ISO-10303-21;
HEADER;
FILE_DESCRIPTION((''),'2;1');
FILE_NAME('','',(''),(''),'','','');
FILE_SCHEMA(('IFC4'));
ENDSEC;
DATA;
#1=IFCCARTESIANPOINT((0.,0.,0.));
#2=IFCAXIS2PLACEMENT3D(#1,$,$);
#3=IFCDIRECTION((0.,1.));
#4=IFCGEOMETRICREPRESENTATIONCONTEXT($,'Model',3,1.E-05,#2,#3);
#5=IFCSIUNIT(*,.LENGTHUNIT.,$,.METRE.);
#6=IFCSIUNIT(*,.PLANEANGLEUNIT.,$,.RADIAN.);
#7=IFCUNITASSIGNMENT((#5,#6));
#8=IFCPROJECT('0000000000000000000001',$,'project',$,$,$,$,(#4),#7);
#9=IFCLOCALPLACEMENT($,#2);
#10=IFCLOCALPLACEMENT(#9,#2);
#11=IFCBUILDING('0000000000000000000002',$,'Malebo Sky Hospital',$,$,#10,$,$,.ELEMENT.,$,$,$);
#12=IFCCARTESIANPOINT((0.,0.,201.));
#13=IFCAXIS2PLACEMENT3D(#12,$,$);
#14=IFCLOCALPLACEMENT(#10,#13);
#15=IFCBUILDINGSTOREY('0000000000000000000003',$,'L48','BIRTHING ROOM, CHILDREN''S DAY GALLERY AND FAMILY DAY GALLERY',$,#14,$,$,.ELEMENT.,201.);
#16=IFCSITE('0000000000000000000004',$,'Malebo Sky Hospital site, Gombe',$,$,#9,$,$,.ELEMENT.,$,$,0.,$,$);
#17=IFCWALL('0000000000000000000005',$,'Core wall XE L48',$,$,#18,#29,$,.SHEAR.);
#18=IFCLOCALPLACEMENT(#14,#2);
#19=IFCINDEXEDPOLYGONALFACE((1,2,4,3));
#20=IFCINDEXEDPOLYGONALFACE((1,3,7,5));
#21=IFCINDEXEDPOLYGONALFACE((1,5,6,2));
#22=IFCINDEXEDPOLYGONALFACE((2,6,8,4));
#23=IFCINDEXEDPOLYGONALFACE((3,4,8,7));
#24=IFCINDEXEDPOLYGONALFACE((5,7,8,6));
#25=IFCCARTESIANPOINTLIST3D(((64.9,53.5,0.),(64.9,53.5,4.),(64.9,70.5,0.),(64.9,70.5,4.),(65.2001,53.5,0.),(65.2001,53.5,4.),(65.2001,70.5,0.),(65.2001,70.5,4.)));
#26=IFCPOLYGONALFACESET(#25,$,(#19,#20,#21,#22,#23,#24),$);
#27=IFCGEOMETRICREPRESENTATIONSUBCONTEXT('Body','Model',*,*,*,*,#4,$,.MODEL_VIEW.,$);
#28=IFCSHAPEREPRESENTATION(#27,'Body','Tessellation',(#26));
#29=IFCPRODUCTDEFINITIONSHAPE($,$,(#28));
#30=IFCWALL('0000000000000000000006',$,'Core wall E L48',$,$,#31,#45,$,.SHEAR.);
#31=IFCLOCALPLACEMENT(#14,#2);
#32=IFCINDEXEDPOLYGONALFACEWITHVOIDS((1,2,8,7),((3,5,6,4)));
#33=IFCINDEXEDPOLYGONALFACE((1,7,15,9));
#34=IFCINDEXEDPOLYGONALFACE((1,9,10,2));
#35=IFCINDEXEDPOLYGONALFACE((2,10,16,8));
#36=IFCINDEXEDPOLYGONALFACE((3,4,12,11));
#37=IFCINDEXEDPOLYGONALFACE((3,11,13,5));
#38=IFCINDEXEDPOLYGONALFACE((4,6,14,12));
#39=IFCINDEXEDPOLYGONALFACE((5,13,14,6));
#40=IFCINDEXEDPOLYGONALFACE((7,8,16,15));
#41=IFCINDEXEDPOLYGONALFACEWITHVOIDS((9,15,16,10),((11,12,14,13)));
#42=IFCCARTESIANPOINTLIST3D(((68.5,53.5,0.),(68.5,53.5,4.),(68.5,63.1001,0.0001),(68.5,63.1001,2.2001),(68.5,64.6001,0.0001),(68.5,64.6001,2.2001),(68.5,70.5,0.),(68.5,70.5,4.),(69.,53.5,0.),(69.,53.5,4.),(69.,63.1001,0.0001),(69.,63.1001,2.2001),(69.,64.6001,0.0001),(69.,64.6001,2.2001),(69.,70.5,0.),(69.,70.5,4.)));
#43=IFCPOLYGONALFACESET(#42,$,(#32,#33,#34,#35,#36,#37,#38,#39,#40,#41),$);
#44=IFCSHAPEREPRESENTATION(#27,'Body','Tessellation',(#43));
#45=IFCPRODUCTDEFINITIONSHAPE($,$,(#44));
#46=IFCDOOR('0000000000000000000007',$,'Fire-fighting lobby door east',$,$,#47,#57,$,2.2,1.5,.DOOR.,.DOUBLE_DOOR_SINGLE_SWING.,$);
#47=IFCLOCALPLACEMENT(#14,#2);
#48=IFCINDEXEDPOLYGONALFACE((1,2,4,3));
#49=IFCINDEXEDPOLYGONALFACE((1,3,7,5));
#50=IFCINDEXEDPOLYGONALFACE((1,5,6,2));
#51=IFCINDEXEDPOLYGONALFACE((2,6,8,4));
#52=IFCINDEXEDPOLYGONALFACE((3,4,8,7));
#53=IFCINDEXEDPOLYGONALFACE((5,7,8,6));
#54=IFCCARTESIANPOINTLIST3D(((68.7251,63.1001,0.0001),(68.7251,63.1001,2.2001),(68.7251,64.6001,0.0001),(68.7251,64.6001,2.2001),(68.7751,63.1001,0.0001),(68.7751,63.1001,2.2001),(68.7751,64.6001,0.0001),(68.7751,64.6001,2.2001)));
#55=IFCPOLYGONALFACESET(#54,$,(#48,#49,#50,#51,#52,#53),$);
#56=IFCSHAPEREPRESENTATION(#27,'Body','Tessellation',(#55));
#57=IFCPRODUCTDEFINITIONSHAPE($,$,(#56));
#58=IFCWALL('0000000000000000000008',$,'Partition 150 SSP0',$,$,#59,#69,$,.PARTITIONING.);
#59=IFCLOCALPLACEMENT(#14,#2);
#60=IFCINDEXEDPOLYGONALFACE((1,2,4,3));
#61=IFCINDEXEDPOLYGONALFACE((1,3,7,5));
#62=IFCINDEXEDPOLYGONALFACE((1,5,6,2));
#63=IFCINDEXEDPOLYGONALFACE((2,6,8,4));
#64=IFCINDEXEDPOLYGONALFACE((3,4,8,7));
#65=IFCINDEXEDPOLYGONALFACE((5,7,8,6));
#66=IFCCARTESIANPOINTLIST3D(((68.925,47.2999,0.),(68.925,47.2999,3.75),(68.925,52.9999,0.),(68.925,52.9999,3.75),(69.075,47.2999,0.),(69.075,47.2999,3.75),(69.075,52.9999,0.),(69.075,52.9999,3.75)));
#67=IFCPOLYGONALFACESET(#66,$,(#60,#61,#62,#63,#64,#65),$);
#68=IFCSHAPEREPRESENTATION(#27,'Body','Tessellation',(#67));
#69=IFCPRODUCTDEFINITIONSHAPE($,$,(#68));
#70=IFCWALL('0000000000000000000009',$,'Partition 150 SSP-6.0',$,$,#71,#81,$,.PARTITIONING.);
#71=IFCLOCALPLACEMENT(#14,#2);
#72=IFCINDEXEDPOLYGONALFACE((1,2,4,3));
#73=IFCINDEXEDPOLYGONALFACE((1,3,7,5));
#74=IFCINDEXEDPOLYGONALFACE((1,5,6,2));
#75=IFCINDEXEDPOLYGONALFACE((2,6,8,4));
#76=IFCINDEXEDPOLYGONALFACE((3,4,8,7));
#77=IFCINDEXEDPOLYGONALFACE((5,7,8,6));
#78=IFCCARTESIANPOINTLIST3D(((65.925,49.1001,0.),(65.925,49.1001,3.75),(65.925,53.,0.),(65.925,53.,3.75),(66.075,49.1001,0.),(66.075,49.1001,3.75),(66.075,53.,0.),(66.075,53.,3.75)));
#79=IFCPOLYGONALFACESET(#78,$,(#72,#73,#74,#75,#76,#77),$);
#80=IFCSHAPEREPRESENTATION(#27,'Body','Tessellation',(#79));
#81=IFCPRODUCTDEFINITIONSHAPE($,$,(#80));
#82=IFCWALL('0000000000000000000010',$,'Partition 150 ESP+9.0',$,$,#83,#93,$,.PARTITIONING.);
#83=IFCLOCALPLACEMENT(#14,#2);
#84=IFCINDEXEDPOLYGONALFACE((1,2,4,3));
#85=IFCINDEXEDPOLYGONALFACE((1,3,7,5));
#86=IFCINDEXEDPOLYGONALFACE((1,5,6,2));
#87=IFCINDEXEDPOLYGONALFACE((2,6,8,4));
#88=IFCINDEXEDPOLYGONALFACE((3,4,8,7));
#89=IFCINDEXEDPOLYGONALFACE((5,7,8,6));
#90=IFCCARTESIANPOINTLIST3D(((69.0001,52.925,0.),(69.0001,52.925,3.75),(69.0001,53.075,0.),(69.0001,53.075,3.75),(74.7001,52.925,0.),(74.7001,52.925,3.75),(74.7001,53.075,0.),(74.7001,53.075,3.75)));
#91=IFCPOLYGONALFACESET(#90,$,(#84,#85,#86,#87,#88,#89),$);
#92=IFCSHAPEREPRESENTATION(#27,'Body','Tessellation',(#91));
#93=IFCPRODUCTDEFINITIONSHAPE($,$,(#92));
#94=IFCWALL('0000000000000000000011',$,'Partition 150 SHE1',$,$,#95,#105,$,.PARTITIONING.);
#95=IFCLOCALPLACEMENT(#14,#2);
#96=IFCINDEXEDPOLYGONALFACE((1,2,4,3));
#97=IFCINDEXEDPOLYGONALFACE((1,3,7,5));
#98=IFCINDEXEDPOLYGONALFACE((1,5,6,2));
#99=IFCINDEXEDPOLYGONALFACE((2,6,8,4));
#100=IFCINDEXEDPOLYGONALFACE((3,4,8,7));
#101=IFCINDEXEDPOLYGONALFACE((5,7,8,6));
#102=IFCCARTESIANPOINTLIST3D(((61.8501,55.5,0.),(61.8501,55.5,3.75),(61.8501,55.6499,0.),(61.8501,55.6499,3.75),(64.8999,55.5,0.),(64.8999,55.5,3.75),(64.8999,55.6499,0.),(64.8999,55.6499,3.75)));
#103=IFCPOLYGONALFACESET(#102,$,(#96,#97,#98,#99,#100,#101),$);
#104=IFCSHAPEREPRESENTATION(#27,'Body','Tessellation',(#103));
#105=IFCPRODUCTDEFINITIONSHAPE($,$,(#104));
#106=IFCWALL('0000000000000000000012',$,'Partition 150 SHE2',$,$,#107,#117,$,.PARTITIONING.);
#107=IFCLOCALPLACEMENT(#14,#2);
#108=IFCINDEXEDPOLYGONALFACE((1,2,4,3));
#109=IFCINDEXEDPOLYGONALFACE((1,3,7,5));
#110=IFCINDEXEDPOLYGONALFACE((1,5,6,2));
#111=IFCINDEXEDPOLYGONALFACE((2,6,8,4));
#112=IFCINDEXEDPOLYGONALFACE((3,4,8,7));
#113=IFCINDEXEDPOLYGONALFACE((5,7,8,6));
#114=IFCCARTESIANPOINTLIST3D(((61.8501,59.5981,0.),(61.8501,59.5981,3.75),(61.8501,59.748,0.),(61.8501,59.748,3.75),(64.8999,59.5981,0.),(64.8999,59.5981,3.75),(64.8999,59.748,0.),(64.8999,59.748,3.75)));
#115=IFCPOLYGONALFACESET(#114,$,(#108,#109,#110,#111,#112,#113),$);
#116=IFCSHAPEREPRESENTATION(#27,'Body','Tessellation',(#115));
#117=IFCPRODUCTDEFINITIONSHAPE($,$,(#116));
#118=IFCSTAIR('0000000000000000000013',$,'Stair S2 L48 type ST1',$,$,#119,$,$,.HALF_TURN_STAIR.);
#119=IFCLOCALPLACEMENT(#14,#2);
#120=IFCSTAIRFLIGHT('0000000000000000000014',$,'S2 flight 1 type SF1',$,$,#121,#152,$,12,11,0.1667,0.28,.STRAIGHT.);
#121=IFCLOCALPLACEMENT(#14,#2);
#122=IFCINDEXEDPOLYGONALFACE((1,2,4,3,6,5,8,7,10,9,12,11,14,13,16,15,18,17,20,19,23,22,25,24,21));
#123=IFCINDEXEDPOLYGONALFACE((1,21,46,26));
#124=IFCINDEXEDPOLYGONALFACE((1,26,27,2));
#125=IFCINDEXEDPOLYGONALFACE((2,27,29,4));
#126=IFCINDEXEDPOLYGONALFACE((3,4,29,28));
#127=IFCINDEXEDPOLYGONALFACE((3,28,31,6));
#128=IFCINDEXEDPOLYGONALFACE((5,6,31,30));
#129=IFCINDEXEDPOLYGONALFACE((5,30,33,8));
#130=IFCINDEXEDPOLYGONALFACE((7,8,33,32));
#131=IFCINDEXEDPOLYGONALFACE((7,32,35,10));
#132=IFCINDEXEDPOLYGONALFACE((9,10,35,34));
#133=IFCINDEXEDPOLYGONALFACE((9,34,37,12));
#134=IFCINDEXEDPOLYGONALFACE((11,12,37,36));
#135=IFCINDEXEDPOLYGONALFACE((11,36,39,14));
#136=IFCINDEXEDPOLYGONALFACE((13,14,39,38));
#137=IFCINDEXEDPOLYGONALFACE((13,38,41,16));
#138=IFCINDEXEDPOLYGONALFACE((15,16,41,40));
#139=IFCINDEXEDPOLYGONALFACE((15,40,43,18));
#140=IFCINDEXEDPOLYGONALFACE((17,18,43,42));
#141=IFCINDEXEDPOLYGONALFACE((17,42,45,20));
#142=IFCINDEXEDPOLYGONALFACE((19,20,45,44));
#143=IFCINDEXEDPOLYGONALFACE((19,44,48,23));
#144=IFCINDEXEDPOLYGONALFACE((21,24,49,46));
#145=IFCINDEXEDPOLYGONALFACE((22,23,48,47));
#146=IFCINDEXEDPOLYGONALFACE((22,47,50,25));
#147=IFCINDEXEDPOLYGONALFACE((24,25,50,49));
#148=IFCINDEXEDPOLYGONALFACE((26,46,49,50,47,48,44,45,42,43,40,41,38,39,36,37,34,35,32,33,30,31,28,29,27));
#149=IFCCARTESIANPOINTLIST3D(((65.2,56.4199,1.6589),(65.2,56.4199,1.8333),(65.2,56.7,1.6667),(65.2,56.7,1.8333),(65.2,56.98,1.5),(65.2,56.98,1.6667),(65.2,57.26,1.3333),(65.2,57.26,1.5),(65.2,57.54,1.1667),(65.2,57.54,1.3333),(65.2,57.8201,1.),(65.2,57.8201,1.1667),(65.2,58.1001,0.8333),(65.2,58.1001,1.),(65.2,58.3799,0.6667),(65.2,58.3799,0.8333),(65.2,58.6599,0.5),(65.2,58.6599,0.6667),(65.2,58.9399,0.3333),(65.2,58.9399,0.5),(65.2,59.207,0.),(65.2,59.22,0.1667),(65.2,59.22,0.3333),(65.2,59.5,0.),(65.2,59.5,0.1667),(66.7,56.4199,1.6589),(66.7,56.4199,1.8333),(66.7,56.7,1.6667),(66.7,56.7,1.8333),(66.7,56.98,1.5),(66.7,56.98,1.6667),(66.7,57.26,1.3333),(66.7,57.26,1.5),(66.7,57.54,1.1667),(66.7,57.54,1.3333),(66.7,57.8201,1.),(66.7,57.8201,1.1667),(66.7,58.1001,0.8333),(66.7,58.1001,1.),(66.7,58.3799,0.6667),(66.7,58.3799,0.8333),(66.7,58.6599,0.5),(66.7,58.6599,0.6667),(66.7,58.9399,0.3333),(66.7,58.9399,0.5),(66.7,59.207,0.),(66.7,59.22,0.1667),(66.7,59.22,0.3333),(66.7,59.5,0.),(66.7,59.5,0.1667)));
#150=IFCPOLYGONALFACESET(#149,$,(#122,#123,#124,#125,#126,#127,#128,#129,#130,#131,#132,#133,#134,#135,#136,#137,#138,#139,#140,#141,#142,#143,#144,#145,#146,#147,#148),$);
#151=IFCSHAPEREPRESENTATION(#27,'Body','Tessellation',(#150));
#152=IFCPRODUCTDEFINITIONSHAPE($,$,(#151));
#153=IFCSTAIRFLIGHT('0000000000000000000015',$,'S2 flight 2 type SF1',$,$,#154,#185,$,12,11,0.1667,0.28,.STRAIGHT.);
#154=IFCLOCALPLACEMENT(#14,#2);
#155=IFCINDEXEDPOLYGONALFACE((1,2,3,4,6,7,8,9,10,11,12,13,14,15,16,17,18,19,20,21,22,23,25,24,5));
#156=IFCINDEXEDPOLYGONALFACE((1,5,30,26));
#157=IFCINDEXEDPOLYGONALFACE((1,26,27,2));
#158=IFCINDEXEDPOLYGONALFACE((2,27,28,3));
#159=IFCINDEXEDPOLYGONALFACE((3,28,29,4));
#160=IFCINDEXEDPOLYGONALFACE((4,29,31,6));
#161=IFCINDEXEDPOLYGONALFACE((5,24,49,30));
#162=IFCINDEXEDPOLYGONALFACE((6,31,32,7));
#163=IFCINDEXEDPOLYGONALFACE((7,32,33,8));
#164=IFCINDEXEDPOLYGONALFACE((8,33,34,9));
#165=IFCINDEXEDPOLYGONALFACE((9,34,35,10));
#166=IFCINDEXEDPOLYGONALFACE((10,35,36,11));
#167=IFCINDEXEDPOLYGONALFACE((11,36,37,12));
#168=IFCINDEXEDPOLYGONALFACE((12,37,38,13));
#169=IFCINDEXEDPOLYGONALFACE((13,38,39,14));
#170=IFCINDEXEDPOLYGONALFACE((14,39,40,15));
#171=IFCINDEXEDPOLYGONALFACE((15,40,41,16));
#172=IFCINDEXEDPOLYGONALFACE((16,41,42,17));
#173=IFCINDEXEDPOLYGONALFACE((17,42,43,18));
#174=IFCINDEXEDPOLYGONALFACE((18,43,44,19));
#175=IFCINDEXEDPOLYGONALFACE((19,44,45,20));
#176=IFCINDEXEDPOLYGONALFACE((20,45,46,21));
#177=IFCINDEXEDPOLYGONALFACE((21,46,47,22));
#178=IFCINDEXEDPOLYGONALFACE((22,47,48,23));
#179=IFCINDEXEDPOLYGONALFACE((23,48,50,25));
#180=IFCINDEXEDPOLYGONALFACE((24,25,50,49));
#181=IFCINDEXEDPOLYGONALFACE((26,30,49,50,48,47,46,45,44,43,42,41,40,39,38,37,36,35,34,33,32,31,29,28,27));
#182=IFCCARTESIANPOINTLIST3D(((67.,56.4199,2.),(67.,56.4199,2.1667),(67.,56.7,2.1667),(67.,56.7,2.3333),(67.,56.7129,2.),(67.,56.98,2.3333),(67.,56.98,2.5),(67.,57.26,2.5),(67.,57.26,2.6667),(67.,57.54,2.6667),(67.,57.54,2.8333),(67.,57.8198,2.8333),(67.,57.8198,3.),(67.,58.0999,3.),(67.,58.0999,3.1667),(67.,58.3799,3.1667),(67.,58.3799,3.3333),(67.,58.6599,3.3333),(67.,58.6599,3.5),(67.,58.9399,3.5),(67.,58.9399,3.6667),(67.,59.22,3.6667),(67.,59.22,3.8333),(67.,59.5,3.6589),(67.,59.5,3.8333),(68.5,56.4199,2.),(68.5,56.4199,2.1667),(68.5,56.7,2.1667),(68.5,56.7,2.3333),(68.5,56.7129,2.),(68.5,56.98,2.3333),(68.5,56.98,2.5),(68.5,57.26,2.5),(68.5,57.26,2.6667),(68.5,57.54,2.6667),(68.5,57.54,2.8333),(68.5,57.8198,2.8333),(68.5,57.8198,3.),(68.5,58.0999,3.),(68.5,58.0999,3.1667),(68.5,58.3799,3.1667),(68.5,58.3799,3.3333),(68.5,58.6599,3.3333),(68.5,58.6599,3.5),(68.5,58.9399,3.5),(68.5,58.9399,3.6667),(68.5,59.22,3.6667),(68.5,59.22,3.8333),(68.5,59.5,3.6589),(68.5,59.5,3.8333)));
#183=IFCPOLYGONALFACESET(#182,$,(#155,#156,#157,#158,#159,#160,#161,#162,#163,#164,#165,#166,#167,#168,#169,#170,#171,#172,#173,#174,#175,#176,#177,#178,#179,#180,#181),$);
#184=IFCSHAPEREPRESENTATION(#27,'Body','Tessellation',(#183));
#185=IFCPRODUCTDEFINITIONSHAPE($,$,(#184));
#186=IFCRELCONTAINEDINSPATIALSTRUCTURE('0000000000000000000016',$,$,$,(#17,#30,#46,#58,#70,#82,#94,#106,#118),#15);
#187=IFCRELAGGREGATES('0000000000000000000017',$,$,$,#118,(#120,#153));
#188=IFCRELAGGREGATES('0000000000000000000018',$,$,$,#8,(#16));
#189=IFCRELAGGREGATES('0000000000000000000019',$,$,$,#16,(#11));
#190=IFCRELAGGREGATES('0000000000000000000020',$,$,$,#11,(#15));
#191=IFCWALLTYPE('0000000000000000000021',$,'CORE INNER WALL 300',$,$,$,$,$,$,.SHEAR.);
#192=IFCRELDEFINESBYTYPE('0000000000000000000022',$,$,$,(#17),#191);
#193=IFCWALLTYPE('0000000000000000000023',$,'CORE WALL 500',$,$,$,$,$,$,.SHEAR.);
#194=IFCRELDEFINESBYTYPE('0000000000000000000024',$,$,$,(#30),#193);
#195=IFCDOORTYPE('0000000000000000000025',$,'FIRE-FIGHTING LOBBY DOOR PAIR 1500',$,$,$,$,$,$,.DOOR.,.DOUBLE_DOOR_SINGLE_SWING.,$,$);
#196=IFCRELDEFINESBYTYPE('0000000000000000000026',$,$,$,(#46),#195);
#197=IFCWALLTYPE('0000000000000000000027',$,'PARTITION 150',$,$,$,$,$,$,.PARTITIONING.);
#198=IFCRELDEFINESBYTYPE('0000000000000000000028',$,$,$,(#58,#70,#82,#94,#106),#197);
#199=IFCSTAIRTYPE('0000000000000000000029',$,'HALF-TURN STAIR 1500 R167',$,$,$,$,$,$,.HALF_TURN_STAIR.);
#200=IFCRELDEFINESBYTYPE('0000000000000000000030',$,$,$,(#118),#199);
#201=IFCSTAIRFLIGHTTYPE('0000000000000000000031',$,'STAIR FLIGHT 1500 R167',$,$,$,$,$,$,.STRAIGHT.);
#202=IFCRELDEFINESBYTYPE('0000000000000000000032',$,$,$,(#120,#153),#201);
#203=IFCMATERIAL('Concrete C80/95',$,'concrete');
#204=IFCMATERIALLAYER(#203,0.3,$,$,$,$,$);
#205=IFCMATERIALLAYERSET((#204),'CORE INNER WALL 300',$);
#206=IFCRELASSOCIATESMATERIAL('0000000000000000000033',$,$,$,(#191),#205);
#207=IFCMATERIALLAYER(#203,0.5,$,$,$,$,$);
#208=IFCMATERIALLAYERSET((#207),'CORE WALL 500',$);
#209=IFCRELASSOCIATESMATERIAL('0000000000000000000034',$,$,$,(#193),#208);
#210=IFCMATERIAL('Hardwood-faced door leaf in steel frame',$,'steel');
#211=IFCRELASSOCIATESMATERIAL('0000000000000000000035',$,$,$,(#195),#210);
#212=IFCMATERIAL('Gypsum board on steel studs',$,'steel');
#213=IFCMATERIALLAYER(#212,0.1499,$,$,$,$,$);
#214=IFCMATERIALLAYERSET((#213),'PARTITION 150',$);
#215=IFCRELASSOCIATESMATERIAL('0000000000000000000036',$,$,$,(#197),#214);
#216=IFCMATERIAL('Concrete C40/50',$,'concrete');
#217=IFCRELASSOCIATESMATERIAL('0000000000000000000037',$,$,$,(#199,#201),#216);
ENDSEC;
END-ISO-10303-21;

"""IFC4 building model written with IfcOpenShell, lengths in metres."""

from ifc_helpers import new_model, si_unit, direction, frame, frame_2d, origin, place, context, subcontext, project, spatial, polyline, rectangle, outline, extrude, material, layer, layer_set, type_object, element, fill, aggregate, save


model = new_model("IFC4")

# Units and contexts
model_context = context("Model", 3, precision=1e-05, world=origin(), true_north=direction((0.0, 1.0)))
body_context = subcontext(model_context, "Body", "Model", "MODEL_VIEW")
ifc_project = project(units=[si_unit("LENGTHUNIT", "METRE"), si_unit("PLANEANGLEUNIT", "RADIAN")], contexts=[model_context])

# Site, building, storey
site_placement = place(None, origin())
site = spatial("IfcSite", under=ifc_project, at=site_placement, Name="Malebo Sky Hospital site, Gombe", CompositionType="ELEMENT", RefElevation=0.0)
building_placement = place(site_placement, origin())
building = spatial("IfcBuilding", under=site, at=building_placement, Name="Malebo Sky Hospital", CompositionType="ELEMENT")
storey_placement = place(building_placement, frame((0.0, 0.0, 201.0)))
storey = spatial("IfcBuildingStorey", under=building, at=storey_placement, Name="L48", Description="BIRTHING ROOM, CHILDREN'S DAY GALLERY AND FAMILY DAY GALLERY", CompositionType="ELEMENT", Elevation=201.0)

# Shared definitions
ifc_material_1 = material(Name="Concrete C80/95", Category="concrete")
ifc_material_2 = material(Name="Hardwood-faced door leaf in steel frame", Category="steel")

# Wall
ifc_layer_1 = layer(ifc_material_1, 0.3)
ifc_layer_set_1 = layer_set([ifc_layer_1], Name="CORE INNER WALL 300")
wall_type_1 = type_object("IfcWallType", Name="CORE INNER WALL 300", PredefinedType="SHEAR", material=ifc_layer_set_1)
wall_1_placement = place(storey_placement, frame((65.05, 53.5, 0.0), z_axis=(0.0, 0.0, 1.0), x_axis=(0.0, 1.0, 0.0)))
element("IfcWall", 1, at=wall_1_placement, inside=storey, type_object=wall_type_1, Name="Core wall XE L48", PredefinedType="SHEAR", context=body_context, shape_type="SweptSolid", body=[
    extrude(rectangle(XDim=17.0, YDim=0.3, at=frame_2d((8.5, 0.0))), origin(), (0.0, 0.0, 1.0), 4.0),
])

# Wall, opening, door
ifc_layer_2 = layer(ifc_material_1, 0.5)
ifc_layer_set_2 = layer_set([ifc_layer_2], Name="CORE WALL 500")
wall_type_2 = type_object("IfcWallType", Name="CORE WALL 500", PredefinedType="SHEAR", material=ifc_layer_set_2)
wall_2_placement = place(storey_placement, frame((68.75, 53.5, 0.0), z_axis=(0.0, 0.0, 1.0), x_axis=(0.0, 1.0, 0.0)))
wall_2 = element("IfcWall", 2, at=wall_2_placement, inside=storey, type_object=wall_type_2, Name="Core wall E L48", PredefinedType="SHEAR", context=body_context, shape_type="SweptSolid", body=[
    extrude(rectangle(XDim=17.0, YDim=0.5, at=frame_2d((8.5, 0.0))), origin(), (0.0, 0.0, 1.0), 4.0),
])
opening_1_placement = place(wall_2_placement, frame((9.6001, 0.0, 0.0)))
opening_1 = element("IfcOpeningElement", 3, at=opening_1_placement, cuts=wall_2, PredefinedType="OPENING", context=body_context, shape_type="SweptSolid", body=[
    extrude(rectangle(XDim=1.5, YDim=2.2, at=frame_2d((0.75, 1.1001))), frame((0.0, 0.26, 0.0), z_axis=(0.0, -1.0, 0.0), x_axis=(1.0, 0.0, 0.0)), (0.0, 0.0, 1.0), 0.52),
])
door_type_1 = type_object("IfcDoorType", Name="FIRE-FIGHTING LOBBY DOOR PAIR 1500", OperationType="DOUBLE_DOOR_SINGLE_SWING", PredefinedType="DOOR", material=ifc_material_2)
door_1_placement = place(opening_1_placement, origin())
door_1 = element("IfcDoor", 4, at=door_1_placement, inside=storey, type_object=door_type_1, Name="Fire-fighting lobby door east", OperationType="DOUBLE_DOOR_SINGLE_SWING", OverallHeight=2.2, OverallWidth=1.5, PredefinedType="DOOR", context=body_context, shape_type="SweptSolid", body=[
    extrude(rectangle(XDim=1.5, YDim=2.2, at=frame_2d((0.75, 1.1001))), frame((0.0, 0.0249, 0.0), z_axis=(0.0, -1.0, 0.0), x_axis=(1.0, 0.0, 0.0)), (0.0, 0.0, 1.0), 0.05),
])
fill(opening_1, door_1)

# Walls
ifc_material_3 = material(Name="Gypsum board on steel studs", Category="steel")
ifc_layer_3 = layer(ifc_material_3, 0.1499)
ifc_layer_set_3 = layer_set([ifc_layer_3], Name="PARTITION 150")
wall_type_3 = type_object("IfcWallType", Name="PARTITION 150", PredefinedType="PARTITIONING", material=ifc_layer_set_3)
wall_3_placement = place(storey_placement, frame((69.0, 53.0, 0.0), z_axis=(0.0, 0.0, 1.0), x_axis=(0.0, -1.0, 0.0)))
element("IfcWall", 5, at=wall_3_placement, inside=storey, type_object=wall_type_3, Name="Partition 150 SSP0", PredefinedType="PARTITIONING", context=body_context, shape_type="SweptSolid", body=[
    extrude(rectangle(XDim=5.7, YDim=0.1499, at=frame_2d((2.8501, 0.0))), origin(), (0.0, 0.0, 1.0), 3.75),
])
wall_4_placement = place(storey_placement, frame((66.0, 53.0, 0.0), z_axis=(0.0, 0.0, 1.0), x_axis=(0.0, -1.0, 0.0)))
element("IfcWall", 6, at=wall_4_placement, inside=storey, type_object=wall_type_3, Name="Partition 150 SSP-6.0", PredefinedType="PARTITIONING", context=body_context, shape_type="SweptSolid", body=[
    extrude(rectangle(XDim=3.8999, YDim=0.1499, at=frame_2d((1.95, 0.0))), origin(), (0.0, 0.0, 1.0), 3.75),
])
wall_5_placement = place(storey_placement, frame((69.0, 53.0, 0.0), z_axis=(0.0, 0.0, 1.0), x_axis=(1.0, 0.0, 0.0)))
element("IfcWall", 7, at=wall_5_placement, inside=storey, type_object=wall_type_3, Name="Partition 150 ESP+9.0", PredefinedType="PARTITIONING", context=body_context, shape_type="SweptSolid", body=[
    extrude(rectangle(XDim=5.7, YDim=0.1499, at=frame_2d((2.8501, 0.0))), origin(), (0.0, 0.0, 1.0), 3.75),
])
for number, where, z_axis, x_axis, name in (
    (8, (61.8501, 55.575, 0.0), (0.0, 0.0, 1.0), (1.0, 0.0, 0.0), "Partition 150 SHE1"),
    (9, (61.8501, 59.6731, 0.0), (0.0, 0.0, 1.0), (1.0, 0.0, 0.0), "Partition 150 SHE2"),
):
    element("IfcWall", number, at=place(storey_placement, frame(where, z_axis=z_axis, x_axis=x_axis)), inside=storey, type_object=wall_type_3, Name=name, PredefinedType="PARTITIONING", context=body_context, shape_type="SweptSolid", body=[
        extrude(rectangle(XDim=3.0498, YDim=0.1499, at=frame_2d((1.5249, 0.0))), origin(), (0.0, 0.0, 1.0), 3.75),
    ])

# Stair, stair flights
ifc_material_4 = material(Name="Concrete C40/50", Category="concrete")
stair_type = type_object("IfcStairType", Name="HALF-TURN STAIR 1500 R167", PredefinedType="HALF_TURN_STAIR", material=ifc_material_4)
stair_placement = place(storey_placement, origin())
stair = element("IfcStair", 10, at=stair_placement, inside=storey, type_object=stair_type, Name="Stair S2 L48 type ST1", PredefinedType="HALF_TURN_STAIR")
stair_flight_type = type_object("IfcStairFlightType", Name="STAIR FLIGHT 1500 R167", PredefinedType="STRAIGHT", material=ifc_material_4)
stair_flight_1_placement = place(storey_placement, frame((65.95, 59.5, 0.0), z_axis=(0.0, 0.0, 1.0), x_axis=(0.0, -1.0, 0.0)))
stair_flight_1 = element("IfcStairFlight", 11, at=stair_flight_1_placement, type_object=stair_flight_type, Name="S2 flight 1 type SF1", NumberOfRisers=12, NumberOfTreads=11, PredefinedType="STRAIGHT", RiserHeight=0.1667, TreadLength=0.28, context=body_context, shape_type="SweptSolid", body=[
    extrude(outline(polyline([(0.0, 0.0), (0.0, 0.1667), (0.28, 0.1667), (0.28, 0.3333), (0.5601, 0.3333), (0.5601, 0.5), (0.8401, 0.5), (0.8401, 0.6667), (1.1201, 0.6667), (1.1201, 0.8333), (1.3999, 0.8333), (1.3999, 1.0), (1.6799, 1.0), (1.6799, 1.1667), (1.96, 1.1667), (1.96, 1.3333), (2.24, 1.3333), (2.24, 1.5), (2.52, 1.5), (2.52, 1.6667), (2.8, 1.6667), (2.8, 1.8333), (3.0801, 1.8333), (3.0801, 2.0), (3.0801, 1.6589), (0.293, 0.0), (0.0, 0.0)])), frame((0.0, 0.75, 0.0), z_axis=(0.0, -1.0, 0.0), x_axis=(1.0, 0.0, 0.0)), (0.0, 0.0, 1.0), 1.5),
])
stair_flight_2_placement = place(storey_placement, frame((67.75, 56.4199, 2.0), z_axis=(0.0, 0.0, 1.0), x_axis=(0.0, 1.0, 0.0)))
stair_flight_2 = element("IfcStairFlight", 12, at=stair_flight_2_placement, type_object=stair_flight_type, Name="S2 flight 2 type SF1", NumberOfRisers=12, NumberOfTreads=11, PredefinedType="STRAIGHT", RiserHeight=0.1667, TreadLength=0.28, context=body_context, shape_type="SweptSolid", body=[
    extrude(outline(polyline([(0.0, 0.0), (0.0, 0.1667), (0.28, 0.1667), (0.28, 0.3333), (0.5601, 0.3333), (0.5601, 0.5), (0.8401, 0.5), (0.8401, 0.6667), (1.1201, 0.6667), (1.1201, 0.8333), (1.3999, 0.8333), (1.3999, 1.0), (1.6799, 1.0), (1.6799, 1.1667), (1.96, 1.1667), (1.96, 1.3333), (2.24, 1.3333), (2.24, 1.5), (2.52, 1.5), (2.52, 1.6667), (2.8, 1.6667), (2.8, 1.8333), (3.0801, 1.8333), (3.0801, 2.0), (3.0801, 1.6589), (0.293, 0.0), (0.0, 0.0)])), frame((0.0, 0.75, 0.0), z_axis=(0.0, -1.0, 0.0), x_axis=(1.0, 0.0, 0.0)), (0.0, 0.0, 1.0), 1.5),
])
aggregate(stair, [stair_flight_1, stair_flight_2])

save(model, "model.ifc")
